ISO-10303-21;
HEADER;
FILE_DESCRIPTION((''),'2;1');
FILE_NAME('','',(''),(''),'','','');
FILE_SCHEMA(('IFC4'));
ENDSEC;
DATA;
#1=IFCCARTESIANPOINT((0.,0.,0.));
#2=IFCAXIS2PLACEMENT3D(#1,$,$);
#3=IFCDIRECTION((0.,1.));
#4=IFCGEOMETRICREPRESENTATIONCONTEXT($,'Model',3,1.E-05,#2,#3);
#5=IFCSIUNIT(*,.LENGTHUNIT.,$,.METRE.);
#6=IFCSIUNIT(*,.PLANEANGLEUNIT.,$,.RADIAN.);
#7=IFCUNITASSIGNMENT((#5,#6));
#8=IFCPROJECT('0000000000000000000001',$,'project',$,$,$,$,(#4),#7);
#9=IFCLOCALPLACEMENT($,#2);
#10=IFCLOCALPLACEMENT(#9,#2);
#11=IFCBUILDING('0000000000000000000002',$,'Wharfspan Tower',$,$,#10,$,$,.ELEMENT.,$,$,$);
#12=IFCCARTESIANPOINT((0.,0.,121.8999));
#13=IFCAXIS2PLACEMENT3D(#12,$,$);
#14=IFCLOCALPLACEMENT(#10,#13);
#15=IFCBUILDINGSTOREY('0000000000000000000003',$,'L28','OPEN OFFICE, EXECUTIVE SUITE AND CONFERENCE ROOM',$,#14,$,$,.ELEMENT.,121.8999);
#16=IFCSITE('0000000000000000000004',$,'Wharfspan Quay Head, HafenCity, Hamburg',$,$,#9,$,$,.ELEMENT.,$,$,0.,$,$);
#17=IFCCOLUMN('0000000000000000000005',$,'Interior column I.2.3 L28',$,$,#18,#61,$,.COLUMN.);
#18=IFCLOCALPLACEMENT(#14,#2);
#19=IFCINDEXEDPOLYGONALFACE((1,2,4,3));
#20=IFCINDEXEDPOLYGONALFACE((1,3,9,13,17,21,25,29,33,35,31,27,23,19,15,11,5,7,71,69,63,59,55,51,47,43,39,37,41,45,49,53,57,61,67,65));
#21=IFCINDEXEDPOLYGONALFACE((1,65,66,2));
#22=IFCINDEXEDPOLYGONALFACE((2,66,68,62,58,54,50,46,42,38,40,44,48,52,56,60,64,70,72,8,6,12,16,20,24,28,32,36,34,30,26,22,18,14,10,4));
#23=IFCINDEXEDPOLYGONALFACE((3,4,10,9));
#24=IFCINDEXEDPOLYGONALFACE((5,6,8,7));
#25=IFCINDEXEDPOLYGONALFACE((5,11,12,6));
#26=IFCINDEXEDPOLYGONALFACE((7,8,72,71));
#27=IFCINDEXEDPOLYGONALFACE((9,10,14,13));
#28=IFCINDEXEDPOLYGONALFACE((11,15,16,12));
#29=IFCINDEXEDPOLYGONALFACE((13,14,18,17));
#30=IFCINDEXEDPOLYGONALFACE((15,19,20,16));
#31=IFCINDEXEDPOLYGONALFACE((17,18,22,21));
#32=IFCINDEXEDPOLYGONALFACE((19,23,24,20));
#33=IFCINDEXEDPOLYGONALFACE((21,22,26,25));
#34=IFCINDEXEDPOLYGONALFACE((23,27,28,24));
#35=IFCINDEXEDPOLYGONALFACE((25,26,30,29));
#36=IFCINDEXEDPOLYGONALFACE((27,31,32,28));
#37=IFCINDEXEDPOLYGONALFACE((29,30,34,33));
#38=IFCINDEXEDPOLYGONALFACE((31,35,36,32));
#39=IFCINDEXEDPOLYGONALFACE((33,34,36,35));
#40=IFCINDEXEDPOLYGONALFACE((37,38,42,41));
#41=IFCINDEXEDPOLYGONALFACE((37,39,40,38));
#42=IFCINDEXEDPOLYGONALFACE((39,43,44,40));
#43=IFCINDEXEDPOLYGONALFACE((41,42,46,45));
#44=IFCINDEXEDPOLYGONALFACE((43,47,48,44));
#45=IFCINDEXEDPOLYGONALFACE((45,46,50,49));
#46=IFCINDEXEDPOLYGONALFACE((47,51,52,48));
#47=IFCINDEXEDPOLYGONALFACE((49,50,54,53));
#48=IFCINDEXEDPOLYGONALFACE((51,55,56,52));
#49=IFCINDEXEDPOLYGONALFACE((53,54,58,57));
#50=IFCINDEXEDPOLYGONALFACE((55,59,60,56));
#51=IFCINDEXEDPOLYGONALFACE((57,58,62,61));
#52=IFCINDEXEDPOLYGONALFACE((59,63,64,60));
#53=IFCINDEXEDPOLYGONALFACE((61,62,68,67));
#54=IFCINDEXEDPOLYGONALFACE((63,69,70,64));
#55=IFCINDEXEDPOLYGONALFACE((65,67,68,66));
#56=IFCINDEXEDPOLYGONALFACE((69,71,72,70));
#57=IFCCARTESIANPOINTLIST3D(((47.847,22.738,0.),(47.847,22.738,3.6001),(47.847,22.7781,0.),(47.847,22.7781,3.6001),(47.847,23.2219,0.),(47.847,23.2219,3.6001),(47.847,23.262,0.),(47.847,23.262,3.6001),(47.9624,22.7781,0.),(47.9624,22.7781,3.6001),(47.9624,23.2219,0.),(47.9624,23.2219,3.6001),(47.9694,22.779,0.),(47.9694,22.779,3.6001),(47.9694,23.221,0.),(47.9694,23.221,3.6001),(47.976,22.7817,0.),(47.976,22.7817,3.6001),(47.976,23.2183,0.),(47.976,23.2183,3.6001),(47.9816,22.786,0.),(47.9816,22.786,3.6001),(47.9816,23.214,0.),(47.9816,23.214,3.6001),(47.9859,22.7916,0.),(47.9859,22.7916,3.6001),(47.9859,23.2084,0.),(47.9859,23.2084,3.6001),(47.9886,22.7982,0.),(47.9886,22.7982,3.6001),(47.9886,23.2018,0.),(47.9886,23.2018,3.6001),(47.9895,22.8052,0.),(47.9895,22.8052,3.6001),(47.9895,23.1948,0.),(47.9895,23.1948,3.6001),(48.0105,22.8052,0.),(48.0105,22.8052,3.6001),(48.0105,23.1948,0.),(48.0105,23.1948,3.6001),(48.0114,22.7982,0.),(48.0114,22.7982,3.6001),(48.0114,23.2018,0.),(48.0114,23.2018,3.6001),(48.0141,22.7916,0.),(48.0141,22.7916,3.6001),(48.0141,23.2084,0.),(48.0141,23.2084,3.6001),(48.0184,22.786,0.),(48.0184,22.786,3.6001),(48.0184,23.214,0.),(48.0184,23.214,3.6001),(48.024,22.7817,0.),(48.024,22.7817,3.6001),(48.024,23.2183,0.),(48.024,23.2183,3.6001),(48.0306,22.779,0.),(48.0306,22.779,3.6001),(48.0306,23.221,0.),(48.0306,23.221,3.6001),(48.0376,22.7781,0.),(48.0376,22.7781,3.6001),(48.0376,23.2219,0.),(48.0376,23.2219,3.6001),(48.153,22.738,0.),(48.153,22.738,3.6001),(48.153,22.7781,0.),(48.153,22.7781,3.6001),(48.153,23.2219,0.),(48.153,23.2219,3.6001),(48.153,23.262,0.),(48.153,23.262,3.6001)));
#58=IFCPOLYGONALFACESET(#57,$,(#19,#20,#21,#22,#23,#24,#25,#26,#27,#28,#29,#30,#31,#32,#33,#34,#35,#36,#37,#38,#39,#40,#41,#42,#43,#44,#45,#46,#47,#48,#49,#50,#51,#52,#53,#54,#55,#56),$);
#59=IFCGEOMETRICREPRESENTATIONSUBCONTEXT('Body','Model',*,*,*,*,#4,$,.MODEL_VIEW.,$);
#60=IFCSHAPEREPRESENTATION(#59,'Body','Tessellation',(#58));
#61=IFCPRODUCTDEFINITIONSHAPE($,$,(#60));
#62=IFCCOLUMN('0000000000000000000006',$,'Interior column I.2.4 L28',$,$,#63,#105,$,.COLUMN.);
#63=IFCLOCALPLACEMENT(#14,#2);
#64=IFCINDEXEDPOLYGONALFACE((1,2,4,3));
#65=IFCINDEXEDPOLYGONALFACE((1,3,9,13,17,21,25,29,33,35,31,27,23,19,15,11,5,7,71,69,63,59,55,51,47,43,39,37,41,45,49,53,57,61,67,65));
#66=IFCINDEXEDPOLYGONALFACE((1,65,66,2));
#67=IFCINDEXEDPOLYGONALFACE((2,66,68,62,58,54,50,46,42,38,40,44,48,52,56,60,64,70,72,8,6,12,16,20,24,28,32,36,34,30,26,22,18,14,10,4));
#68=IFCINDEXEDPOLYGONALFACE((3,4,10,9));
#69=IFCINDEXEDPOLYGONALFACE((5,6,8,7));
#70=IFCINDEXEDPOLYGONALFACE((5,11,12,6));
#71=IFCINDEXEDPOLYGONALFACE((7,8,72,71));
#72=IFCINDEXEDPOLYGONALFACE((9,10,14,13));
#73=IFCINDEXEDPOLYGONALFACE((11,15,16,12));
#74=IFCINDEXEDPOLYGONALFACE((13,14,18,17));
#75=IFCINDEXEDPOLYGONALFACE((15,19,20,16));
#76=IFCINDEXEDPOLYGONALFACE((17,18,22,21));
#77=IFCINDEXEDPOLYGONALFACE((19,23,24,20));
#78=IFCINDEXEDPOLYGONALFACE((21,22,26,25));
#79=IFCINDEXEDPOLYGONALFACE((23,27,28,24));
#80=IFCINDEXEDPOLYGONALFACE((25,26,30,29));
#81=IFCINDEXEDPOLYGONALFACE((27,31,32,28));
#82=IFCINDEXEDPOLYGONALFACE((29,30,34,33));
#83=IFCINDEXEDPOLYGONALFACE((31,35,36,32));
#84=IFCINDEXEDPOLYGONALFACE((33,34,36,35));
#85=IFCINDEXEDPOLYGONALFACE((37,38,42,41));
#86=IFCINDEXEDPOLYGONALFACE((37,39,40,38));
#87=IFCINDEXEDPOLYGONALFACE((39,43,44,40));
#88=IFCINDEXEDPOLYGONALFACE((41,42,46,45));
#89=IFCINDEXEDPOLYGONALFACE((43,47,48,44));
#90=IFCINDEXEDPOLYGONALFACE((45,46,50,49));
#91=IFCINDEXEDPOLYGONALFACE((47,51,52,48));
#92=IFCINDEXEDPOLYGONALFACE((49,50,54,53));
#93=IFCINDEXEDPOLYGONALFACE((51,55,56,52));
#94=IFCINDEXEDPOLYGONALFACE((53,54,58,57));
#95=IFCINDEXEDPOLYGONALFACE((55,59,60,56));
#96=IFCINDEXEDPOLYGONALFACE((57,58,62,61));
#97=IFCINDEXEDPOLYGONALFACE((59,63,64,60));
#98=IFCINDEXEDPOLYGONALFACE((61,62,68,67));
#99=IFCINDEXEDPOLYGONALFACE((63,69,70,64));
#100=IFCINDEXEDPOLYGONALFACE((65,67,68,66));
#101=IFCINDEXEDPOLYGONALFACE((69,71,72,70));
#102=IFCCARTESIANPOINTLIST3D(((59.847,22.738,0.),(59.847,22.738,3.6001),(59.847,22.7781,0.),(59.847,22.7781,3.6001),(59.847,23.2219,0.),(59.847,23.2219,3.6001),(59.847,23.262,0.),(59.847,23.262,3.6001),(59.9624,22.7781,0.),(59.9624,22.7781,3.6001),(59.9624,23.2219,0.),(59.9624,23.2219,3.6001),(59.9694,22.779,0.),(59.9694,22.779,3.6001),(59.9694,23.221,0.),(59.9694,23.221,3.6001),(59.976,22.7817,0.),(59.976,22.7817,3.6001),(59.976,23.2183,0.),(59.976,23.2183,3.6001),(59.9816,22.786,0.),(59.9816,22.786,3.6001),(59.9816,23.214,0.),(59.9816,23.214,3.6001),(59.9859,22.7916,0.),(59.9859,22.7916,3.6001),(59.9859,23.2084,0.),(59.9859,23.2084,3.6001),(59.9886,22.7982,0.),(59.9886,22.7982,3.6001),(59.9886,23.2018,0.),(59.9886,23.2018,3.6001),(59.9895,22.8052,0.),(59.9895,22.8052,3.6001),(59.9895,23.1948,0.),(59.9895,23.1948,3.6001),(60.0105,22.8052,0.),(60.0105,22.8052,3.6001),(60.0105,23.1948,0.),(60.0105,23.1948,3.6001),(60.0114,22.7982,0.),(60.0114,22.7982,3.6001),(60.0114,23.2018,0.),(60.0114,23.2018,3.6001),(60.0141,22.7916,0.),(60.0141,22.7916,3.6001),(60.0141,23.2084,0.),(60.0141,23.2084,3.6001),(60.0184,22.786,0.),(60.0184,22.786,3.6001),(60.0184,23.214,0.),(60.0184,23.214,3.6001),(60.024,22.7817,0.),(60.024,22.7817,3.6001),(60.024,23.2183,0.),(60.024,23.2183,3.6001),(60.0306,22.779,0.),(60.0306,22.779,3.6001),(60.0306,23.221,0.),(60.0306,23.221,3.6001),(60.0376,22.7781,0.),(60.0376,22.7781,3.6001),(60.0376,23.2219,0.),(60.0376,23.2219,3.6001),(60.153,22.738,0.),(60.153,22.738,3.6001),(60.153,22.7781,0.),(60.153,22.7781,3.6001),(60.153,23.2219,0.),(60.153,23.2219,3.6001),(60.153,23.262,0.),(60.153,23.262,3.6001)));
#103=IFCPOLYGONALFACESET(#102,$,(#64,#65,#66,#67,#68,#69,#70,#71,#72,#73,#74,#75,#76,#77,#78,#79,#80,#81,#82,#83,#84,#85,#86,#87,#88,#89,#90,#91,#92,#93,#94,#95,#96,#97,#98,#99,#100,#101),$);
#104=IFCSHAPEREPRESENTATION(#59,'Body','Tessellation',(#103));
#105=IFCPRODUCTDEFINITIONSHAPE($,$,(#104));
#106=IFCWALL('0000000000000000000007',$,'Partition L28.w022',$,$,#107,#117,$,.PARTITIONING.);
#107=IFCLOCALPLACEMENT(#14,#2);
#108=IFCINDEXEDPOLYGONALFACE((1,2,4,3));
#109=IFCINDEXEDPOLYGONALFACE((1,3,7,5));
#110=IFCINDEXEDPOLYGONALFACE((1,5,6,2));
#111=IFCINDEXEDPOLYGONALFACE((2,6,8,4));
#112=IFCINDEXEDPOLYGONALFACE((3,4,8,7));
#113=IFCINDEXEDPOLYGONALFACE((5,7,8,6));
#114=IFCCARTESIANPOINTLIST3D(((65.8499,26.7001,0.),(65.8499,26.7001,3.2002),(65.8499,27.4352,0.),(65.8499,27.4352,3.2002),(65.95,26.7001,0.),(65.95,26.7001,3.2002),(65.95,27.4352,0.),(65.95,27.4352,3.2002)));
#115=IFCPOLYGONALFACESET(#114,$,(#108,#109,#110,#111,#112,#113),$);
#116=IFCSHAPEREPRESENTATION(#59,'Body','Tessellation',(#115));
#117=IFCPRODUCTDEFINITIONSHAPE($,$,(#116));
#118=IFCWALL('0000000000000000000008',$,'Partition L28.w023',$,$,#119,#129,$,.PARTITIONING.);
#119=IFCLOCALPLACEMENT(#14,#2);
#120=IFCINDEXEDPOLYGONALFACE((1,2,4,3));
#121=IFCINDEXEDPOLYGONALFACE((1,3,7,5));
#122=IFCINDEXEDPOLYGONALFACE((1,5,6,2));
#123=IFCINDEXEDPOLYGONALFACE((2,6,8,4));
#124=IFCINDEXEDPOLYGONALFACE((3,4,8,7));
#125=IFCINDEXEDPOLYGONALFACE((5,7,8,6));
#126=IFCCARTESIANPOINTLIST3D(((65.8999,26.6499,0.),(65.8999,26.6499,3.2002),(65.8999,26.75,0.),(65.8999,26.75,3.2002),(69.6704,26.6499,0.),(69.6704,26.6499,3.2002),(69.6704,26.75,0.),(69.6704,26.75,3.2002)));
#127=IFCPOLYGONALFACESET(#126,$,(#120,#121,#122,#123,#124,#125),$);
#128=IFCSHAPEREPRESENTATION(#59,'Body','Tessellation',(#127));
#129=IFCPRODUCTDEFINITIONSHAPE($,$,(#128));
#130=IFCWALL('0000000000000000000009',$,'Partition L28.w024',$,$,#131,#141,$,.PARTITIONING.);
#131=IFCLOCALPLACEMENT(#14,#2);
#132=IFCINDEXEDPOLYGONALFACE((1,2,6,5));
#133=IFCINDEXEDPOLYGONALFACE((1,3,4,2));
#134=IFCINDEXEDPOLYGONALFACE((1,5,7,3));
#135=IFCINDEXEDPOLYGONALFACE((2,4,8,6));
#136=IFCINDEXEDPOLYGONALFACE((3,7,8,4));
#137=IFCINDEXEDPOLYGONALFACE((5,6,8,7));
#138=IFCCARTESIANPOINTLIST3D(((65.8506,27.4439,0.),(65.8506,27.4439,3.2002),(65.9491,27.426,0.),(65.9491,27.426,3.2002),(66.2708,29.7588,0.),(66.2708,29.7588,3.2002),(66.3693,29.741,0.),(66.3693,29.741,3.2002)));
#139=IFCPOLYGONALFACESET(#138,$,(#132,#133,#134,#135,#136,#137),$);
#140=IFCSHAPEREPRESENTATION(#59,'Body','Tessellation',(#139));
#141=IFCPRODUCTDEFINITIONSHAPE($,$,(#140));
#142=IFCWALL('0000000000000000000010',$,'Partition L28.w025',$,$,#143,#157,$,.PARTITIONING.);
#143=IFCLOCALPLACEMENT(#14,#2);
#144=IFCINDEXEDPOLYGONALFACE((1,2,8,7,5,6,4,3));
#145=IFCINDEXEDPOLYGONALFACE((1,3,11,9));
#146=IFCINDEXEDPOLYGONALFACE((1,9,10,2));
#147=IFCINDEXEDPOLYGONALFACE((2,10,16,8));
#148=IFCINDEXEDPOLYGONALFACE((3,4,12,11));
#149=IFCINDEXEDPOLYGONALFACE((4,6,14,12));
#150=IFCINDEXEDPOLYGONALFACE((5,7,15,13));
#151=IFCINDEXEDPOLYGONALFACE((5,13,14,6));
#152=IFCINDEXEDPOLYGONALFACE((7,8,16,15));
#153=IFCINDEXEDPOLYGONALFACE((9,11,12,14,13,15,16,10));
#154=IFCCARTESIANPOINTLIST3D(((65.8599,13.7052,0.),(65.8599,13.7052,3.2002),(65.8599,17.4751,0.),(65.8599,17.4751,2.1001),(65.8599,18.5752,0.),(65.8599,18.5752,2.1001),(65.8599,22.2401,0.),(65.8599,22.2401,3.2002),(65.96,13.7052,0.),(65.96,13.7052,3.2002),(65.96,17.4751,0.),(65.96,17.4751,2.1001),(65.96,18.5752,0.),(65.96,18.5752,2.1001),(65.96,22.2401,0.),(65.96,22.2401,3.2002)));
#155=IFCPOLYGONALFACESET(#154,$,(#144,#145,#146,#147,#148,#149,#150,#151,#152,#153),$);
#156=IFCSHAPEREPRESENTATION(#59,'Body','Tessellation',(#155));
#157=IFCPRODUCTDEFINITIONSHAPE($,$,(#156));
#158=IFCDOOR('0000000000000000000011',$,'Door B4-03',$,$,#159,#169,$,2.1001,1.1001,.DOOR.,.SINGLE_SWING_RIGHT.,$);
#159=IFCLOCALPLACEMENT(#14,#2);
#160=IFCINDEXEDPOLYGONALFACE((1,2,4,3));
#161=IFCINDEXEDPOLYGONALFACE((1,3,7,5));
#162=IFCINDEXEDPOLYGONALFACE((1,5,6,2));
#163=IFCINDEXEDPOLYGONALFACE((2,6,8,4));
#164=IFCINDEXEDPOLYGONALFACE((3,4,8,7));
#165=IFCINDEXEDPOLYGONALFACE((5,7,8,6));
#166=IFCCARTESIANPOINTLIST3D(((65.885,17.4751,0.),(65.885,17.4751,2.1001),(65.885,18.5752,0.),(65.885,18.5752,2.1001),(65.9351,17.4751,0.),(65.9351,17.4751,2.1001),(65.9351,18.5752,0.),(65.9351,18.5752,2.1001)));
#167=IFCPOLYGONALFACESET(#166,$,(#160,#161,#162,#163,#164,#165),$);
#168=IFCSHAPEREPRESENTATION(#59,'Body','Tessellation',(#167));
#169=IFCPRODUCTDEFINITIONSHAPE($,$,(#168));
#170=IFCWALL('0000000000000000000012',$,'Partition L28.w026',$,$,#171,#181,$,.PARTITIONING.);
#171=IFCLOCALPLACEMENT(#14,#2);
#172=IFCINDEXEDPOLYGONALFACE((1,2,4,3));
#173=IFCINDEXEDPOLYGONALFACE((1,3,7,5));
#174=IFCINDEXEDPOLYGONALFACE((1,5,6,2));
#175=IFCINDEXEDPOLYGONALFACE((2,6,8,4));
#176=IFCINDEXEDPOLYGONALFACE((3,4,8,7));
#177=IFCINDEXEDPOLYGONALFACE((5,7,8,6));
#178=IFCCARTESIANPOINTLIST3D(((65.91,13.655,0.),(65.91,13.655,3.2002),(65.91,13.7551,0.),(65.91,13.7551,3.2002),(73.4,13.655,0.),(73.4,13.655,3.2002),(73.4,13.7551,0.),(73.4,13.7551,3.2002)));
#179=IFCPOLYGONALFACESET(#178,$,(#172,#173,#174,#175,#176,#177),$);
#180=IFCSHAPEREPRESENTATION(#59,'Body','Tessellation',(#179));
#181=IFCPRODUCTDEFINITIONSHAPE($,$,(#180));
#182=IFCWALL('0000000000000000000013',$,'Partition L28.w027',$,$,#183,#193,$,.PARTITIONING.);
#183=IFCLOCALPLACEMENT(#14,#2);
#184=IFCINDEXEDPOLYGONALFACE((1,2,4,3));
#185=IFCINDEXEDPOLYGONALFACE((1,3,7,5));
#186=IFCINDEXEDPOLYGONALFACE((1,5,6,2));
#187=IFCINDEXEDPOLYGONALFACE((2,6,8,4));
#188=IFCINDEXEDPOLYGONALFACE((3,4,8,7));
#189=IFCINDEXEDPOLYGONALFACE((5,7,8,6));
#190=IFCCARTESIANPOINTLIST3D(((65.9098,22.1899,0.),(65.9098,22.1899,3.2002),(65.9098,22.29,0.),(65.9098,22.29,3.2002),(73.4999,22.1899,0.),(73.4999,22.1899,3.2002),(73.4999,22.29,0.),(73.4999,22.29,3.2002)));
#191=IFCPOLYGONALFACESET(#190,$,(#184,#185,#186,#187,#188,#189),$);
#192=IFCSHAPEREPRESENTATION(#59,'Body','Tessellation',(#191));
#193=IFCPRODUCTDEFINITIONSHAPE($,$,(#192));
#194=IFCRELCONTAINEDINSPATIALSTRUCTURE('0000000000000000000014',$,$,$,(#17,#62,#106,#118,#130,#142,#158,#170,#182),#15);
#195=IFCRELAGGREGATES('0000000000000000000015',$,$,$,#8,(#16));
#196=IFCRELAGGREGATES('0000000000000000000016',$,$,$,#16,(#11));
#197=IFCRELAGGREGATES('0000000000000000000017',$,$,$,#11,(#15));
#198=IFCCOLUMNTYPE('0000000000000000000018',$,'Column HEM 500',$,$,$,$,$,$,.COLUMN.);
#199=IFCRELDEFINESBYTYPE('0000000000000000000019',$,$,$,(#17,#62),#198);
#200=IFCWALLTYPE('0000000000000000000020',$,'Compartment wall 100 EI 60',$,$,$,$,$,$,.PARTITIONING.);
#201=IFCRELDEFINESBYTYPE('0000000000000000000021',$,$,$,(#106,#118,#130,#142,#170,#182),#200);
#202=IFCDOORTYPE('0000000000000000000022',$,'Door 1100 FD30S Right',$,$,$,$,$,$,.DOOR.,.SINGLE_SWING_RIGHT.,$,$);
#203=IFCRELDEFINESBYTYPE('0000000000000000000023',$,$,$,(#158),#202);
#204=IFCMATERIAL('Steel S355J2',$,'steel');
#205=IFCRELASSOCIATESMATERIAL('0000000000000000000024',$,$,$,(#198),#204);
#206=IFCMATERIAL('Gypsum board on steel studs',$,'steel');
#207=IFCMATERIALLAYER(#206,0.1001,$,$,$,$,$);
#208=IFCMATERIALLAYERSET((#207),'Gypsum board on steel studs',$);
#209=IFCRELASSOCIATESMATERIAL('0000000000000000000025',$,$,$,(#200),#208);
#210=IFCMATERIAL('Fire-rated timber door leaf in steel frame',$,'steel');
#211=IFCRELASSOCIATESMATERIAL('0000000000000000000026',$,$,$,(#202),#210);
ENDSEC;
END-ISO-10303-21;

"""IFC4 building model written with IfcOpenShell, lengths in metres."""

from ifc_helpers import new_model, si_unit, direction, frame, frame_2d, origin, origin_2d, place, context, subcontext, project, spatial, rectangle, i_section, extrude, material, layer, layer_set, material_profile, profile_set, type_object, element, fill, save


model = new_model("IFC4")

# Units and contexts
model_context = context("Model", 3, precision=1e-05, world=origin(), true_north=direction((0.0, 1.0)))
body_context = subcontext(model_context, "Body", "Model", "MODEL_VIEW")
ifc_project = project(units=[si_unit("LENGTHUNIT", "METRE"), si_unit("PLANEANGLEUNIT", "RADIAN")], contexts=[model_context])

# Site, building, storey
site_placement = place(None, origin())
site = spatial("IfcSite", under=ifc_project, at=site_placement, Name="Wharfspan Quay Head, HafenCity, Hamburg", CompositionType="ELEMENT", RefElevation=0.0)
building_placement = place(site_placement, origin())
building = spatial("IfcBuilding", under=site, at=building_placement, Name="Wharfspan Tower", CompositionType="ELEMENT")
storey_placement = place(building_placement, frame((0.0, 0.0, 121.8999)))
storey = spatial("IfcBuildingStorey", under=building, at=storey_placement, Name="L28", Description="OPEN OFFICE, EXECUTIVE SUITE AND CONFERENCE ROOM", CompositionType="ELEMENT", Elevation=121.8999)

# Columns
ifc_material_1 = material(Name="Steel S355J2", Category="steel")
ifc_material_profile = material_profile(ifc_material_1, i_section(OverallWidth=0.3059, OverallDepth=0.5239, WebThickness=0.021, FlangeThickness=0.04, FilletRadius=0.0271, at=origin_2d()))
ifc_profile_set = profile_set([ifc_material_profile], Name="Steel S355J2")
column_type = type_object("IfcColumnType", Name="Column HEM 500", PredefinedType="COLUMN", material=ifc_profile_set)
for number, where, z_axis, x_axis, name in (
    (1, (48.0, 23.0, 0.0), (0.0, 0.0, 1.0), (1.0, 0.0, 0.0), "Interior column I.2.3 L28"),
    (2, (60.0, 23.0, 0.0), (0.0, 0.0, 1.0), (1.0, 0.0, 0.0), "Interior column I.2.4 L28"),
):
    element("IfcColumn", number, at=place(storey_placement, frame(where, z_axis=z_axis, x_axis=x_axis)), inside=storey, type_object=column_type, Name=name, PredefinedType="COLUMN", context=body_context, shape_type="SweptSolid", body=[
        extrude(i_section(OverallWidth=0.3059, OverallDepth=0.5239, WebThickness=0.021, FlangeThickness=0.04, FilletRadius=0.0271, at=origin_2d()), origin(), (0.0, 0.0, 1.0), 3.6001),
    ])

# Walls
ifc_material_2 = material(Name="Gypsum board on steel studs", Category="steel")
ifc_layer_1 = layer(ifc_material_2, 0.1001)
ifc_layer_set_1 = layer_set([ifc_layer_1], Name="Gypsum board on steel studs")
wall_type_1 = type_object("IfcWallType", Name="Compartment wall 100 EI 60", PredefinedType="PARTITIONING", material=ifc_layer_set_1)
wall_1_placement = place(storey_placement, frame((65.8999, 26.7, 0.0), z_axis=(0.0, 0.0, 1.0), x_axis=(0.0, 1.0, 0.0)))
element("IfcWall", 3, at=wall_1_placement, inside=storey, type_object=wall_type_1, Name="Partition L28.w022", PredefinedType="PARTITIONING", context=body_context, shape_type="SweptSolid", body=[
    extrude(rectangle(XDim=0.7351, YDim=0.1001, at=frame_2d((0.3677, 0.0))), origin(), (0.0, 0.0, 1.0), 3.2002),
])
wall_2_placement = place(storey_placement, frame((65.8999, 26.7, 0.0), z_axis=(0.0, 0.0, 1.0), x_axis=(1.0, 0.0, 0.0)))
element("IfcWall", 4, at=wall_2_placement, inside=storey, type_object=wall_type_1, Name="Partition L28.w023", PredefinedType="PARTITIONING", context=body_context, shape_type="SweptSolid", body=[
    extrude(rectangle(XDim=3.7705, YDim=0.1001, at=frame_2d((1.8853, 0.0))), origin(), (0.0, 0.0, 1.0), 3.2002),
])
wall_3_placement = place(storey_placement, frame((65.8999, 27.4351, 0.0), z_axis=(0.0, 0.0, 1.0), x_axis=(0.178584, 0.983924, 0.0)))
element("IfcWall", 5, at=wall_3_placement, inside=storey, type_object=wall_type_1, Name="Partition L28.w024", PredefinedType="PARTITIONING", context=body_context, shape_type="SweptSolid", body=[
    extrude(rectangle(XDim=2.3528, YDim=0.1001, at=frame_2d((1.1763, 0.0))), origin(), (0.0, 0.0, 1.0), 3.2002),
])

# Wall, opening, door
wall_4_placement = place(storey_placement, frame((65.9099, 13.7051, 0.0), z_axis=(0.0, 0.0, 1.0), x_axis=(0.0, 1.0, 0.0)))
wall_4 = element("IfcWall", 6, at=wall_4_placement, inside=storey, type_object=wall_type_1, Name="Partition L28.w025", PredefinedType="PARTITIONING", context=body_context, shape_type="SweptSolid", body=[
    extrude(rectangle(XDim=8.5349, YDim=0.1001, at=frame_2d((4.2676, 0.0))), origin(), (0.0, 0.0, 1.0), 3.2002),
])
opening_1_placement = place(wall_4_placement, frame((3.77, 0.0, 0.0)))
opening_1 = element("IfcOpeningElement", 7, at=opening_1_placement, cuts=wall_4, PredefinedType="OPENING", context=body_context, shape_type="SweptSolid", body=[
    extrude(rectangle(XDim=1.1001, YDim=2.1001, at=frame_2d((0.55, 1.05))), frame((0.0, 0.0601, 0.0), z_axis=(0.0, -1.0, 0.0), x_axis=(1.0, 0.0, 0.0)), (0.0, 0.0, 1.0), 0.1201),
])
ifc_material_3 = material(Name="Fire-rated timber door leaf in steel frame", Category="steel")
door_type_1 = type_object("IfcDoorType", Name="Door 1100 FD30S Right", OperationType="SINGLE_SWING_RIGHT", PredefinedType="DOOR", material=ifc_material_3)
door_1_placement = place(opening_1_placement, origin())
door_1 = element("IfcDoor", 8, at=door_1_placement, inside=storey, type_object=door_type_1, Name="Door B4-03", OperationType="SINGLE_SWING_RIGHT", OverallHeight=2.1001, OverallWidth=1.1001, PredefinedType="DOOR", context=body_context, shape_type="SweptSolid", body=[
    extrude(rectangle(XDim=1.1001, YDim=2.1001, at=frame_2d((0.55, 1.05))), frame((0.0, 0.0249, 0.0), z_axis=(0.0, -1.0, 0.0), x_axis=(1.0, 0.0, 0.0)), (0.0, 0.0, 1.0), 0.05),
])
fill(opening_1, door_1)

# Walls
wall_5_placement = place(storey_placement, frame((65.9099, 13.7051, 0.0), z_axis=(0.0, 0.0, 1.0), x_axis=(1.0, 0.0, 0.0)))
element("IfcWall", 9, at=wall_5_placement, inside=storey, type_object=wall_type_1, Name="Partition L28.w026", PredefinedType="PARTITIONING", context=body_context, shape_type="SweptSolid", body=[
    extrude(rectangle(XDim=7.49, YDim=0.1001, at=frame_2d((3.7451, 0.0))), origin(), (0.0, 0.0, 1.0), 3.2002),
])
wall_6_placement = place(storey_placement, frame((65.9099, 22.24, 0.0), z_axis=(0.0, 0.0, 1.0), x_axis=(1.0, 0.0, 0.0)))
element("IfcWall", 10, at=wall_6_placement, inside=storey, type_object=wall_type_1, Name="Partition L28.w027", PredefinedType="PARTITIONING", context=body_context, shape_type="SweptSolid", body=[
    extrude(rectangle(XDim=7.5901, YDim=0.1001, at=frame_2d((3.7949, 0.0))), origin(), (0.0, 0.0, 1.0), 3.2002),
])

save(model, "model.ifc")
